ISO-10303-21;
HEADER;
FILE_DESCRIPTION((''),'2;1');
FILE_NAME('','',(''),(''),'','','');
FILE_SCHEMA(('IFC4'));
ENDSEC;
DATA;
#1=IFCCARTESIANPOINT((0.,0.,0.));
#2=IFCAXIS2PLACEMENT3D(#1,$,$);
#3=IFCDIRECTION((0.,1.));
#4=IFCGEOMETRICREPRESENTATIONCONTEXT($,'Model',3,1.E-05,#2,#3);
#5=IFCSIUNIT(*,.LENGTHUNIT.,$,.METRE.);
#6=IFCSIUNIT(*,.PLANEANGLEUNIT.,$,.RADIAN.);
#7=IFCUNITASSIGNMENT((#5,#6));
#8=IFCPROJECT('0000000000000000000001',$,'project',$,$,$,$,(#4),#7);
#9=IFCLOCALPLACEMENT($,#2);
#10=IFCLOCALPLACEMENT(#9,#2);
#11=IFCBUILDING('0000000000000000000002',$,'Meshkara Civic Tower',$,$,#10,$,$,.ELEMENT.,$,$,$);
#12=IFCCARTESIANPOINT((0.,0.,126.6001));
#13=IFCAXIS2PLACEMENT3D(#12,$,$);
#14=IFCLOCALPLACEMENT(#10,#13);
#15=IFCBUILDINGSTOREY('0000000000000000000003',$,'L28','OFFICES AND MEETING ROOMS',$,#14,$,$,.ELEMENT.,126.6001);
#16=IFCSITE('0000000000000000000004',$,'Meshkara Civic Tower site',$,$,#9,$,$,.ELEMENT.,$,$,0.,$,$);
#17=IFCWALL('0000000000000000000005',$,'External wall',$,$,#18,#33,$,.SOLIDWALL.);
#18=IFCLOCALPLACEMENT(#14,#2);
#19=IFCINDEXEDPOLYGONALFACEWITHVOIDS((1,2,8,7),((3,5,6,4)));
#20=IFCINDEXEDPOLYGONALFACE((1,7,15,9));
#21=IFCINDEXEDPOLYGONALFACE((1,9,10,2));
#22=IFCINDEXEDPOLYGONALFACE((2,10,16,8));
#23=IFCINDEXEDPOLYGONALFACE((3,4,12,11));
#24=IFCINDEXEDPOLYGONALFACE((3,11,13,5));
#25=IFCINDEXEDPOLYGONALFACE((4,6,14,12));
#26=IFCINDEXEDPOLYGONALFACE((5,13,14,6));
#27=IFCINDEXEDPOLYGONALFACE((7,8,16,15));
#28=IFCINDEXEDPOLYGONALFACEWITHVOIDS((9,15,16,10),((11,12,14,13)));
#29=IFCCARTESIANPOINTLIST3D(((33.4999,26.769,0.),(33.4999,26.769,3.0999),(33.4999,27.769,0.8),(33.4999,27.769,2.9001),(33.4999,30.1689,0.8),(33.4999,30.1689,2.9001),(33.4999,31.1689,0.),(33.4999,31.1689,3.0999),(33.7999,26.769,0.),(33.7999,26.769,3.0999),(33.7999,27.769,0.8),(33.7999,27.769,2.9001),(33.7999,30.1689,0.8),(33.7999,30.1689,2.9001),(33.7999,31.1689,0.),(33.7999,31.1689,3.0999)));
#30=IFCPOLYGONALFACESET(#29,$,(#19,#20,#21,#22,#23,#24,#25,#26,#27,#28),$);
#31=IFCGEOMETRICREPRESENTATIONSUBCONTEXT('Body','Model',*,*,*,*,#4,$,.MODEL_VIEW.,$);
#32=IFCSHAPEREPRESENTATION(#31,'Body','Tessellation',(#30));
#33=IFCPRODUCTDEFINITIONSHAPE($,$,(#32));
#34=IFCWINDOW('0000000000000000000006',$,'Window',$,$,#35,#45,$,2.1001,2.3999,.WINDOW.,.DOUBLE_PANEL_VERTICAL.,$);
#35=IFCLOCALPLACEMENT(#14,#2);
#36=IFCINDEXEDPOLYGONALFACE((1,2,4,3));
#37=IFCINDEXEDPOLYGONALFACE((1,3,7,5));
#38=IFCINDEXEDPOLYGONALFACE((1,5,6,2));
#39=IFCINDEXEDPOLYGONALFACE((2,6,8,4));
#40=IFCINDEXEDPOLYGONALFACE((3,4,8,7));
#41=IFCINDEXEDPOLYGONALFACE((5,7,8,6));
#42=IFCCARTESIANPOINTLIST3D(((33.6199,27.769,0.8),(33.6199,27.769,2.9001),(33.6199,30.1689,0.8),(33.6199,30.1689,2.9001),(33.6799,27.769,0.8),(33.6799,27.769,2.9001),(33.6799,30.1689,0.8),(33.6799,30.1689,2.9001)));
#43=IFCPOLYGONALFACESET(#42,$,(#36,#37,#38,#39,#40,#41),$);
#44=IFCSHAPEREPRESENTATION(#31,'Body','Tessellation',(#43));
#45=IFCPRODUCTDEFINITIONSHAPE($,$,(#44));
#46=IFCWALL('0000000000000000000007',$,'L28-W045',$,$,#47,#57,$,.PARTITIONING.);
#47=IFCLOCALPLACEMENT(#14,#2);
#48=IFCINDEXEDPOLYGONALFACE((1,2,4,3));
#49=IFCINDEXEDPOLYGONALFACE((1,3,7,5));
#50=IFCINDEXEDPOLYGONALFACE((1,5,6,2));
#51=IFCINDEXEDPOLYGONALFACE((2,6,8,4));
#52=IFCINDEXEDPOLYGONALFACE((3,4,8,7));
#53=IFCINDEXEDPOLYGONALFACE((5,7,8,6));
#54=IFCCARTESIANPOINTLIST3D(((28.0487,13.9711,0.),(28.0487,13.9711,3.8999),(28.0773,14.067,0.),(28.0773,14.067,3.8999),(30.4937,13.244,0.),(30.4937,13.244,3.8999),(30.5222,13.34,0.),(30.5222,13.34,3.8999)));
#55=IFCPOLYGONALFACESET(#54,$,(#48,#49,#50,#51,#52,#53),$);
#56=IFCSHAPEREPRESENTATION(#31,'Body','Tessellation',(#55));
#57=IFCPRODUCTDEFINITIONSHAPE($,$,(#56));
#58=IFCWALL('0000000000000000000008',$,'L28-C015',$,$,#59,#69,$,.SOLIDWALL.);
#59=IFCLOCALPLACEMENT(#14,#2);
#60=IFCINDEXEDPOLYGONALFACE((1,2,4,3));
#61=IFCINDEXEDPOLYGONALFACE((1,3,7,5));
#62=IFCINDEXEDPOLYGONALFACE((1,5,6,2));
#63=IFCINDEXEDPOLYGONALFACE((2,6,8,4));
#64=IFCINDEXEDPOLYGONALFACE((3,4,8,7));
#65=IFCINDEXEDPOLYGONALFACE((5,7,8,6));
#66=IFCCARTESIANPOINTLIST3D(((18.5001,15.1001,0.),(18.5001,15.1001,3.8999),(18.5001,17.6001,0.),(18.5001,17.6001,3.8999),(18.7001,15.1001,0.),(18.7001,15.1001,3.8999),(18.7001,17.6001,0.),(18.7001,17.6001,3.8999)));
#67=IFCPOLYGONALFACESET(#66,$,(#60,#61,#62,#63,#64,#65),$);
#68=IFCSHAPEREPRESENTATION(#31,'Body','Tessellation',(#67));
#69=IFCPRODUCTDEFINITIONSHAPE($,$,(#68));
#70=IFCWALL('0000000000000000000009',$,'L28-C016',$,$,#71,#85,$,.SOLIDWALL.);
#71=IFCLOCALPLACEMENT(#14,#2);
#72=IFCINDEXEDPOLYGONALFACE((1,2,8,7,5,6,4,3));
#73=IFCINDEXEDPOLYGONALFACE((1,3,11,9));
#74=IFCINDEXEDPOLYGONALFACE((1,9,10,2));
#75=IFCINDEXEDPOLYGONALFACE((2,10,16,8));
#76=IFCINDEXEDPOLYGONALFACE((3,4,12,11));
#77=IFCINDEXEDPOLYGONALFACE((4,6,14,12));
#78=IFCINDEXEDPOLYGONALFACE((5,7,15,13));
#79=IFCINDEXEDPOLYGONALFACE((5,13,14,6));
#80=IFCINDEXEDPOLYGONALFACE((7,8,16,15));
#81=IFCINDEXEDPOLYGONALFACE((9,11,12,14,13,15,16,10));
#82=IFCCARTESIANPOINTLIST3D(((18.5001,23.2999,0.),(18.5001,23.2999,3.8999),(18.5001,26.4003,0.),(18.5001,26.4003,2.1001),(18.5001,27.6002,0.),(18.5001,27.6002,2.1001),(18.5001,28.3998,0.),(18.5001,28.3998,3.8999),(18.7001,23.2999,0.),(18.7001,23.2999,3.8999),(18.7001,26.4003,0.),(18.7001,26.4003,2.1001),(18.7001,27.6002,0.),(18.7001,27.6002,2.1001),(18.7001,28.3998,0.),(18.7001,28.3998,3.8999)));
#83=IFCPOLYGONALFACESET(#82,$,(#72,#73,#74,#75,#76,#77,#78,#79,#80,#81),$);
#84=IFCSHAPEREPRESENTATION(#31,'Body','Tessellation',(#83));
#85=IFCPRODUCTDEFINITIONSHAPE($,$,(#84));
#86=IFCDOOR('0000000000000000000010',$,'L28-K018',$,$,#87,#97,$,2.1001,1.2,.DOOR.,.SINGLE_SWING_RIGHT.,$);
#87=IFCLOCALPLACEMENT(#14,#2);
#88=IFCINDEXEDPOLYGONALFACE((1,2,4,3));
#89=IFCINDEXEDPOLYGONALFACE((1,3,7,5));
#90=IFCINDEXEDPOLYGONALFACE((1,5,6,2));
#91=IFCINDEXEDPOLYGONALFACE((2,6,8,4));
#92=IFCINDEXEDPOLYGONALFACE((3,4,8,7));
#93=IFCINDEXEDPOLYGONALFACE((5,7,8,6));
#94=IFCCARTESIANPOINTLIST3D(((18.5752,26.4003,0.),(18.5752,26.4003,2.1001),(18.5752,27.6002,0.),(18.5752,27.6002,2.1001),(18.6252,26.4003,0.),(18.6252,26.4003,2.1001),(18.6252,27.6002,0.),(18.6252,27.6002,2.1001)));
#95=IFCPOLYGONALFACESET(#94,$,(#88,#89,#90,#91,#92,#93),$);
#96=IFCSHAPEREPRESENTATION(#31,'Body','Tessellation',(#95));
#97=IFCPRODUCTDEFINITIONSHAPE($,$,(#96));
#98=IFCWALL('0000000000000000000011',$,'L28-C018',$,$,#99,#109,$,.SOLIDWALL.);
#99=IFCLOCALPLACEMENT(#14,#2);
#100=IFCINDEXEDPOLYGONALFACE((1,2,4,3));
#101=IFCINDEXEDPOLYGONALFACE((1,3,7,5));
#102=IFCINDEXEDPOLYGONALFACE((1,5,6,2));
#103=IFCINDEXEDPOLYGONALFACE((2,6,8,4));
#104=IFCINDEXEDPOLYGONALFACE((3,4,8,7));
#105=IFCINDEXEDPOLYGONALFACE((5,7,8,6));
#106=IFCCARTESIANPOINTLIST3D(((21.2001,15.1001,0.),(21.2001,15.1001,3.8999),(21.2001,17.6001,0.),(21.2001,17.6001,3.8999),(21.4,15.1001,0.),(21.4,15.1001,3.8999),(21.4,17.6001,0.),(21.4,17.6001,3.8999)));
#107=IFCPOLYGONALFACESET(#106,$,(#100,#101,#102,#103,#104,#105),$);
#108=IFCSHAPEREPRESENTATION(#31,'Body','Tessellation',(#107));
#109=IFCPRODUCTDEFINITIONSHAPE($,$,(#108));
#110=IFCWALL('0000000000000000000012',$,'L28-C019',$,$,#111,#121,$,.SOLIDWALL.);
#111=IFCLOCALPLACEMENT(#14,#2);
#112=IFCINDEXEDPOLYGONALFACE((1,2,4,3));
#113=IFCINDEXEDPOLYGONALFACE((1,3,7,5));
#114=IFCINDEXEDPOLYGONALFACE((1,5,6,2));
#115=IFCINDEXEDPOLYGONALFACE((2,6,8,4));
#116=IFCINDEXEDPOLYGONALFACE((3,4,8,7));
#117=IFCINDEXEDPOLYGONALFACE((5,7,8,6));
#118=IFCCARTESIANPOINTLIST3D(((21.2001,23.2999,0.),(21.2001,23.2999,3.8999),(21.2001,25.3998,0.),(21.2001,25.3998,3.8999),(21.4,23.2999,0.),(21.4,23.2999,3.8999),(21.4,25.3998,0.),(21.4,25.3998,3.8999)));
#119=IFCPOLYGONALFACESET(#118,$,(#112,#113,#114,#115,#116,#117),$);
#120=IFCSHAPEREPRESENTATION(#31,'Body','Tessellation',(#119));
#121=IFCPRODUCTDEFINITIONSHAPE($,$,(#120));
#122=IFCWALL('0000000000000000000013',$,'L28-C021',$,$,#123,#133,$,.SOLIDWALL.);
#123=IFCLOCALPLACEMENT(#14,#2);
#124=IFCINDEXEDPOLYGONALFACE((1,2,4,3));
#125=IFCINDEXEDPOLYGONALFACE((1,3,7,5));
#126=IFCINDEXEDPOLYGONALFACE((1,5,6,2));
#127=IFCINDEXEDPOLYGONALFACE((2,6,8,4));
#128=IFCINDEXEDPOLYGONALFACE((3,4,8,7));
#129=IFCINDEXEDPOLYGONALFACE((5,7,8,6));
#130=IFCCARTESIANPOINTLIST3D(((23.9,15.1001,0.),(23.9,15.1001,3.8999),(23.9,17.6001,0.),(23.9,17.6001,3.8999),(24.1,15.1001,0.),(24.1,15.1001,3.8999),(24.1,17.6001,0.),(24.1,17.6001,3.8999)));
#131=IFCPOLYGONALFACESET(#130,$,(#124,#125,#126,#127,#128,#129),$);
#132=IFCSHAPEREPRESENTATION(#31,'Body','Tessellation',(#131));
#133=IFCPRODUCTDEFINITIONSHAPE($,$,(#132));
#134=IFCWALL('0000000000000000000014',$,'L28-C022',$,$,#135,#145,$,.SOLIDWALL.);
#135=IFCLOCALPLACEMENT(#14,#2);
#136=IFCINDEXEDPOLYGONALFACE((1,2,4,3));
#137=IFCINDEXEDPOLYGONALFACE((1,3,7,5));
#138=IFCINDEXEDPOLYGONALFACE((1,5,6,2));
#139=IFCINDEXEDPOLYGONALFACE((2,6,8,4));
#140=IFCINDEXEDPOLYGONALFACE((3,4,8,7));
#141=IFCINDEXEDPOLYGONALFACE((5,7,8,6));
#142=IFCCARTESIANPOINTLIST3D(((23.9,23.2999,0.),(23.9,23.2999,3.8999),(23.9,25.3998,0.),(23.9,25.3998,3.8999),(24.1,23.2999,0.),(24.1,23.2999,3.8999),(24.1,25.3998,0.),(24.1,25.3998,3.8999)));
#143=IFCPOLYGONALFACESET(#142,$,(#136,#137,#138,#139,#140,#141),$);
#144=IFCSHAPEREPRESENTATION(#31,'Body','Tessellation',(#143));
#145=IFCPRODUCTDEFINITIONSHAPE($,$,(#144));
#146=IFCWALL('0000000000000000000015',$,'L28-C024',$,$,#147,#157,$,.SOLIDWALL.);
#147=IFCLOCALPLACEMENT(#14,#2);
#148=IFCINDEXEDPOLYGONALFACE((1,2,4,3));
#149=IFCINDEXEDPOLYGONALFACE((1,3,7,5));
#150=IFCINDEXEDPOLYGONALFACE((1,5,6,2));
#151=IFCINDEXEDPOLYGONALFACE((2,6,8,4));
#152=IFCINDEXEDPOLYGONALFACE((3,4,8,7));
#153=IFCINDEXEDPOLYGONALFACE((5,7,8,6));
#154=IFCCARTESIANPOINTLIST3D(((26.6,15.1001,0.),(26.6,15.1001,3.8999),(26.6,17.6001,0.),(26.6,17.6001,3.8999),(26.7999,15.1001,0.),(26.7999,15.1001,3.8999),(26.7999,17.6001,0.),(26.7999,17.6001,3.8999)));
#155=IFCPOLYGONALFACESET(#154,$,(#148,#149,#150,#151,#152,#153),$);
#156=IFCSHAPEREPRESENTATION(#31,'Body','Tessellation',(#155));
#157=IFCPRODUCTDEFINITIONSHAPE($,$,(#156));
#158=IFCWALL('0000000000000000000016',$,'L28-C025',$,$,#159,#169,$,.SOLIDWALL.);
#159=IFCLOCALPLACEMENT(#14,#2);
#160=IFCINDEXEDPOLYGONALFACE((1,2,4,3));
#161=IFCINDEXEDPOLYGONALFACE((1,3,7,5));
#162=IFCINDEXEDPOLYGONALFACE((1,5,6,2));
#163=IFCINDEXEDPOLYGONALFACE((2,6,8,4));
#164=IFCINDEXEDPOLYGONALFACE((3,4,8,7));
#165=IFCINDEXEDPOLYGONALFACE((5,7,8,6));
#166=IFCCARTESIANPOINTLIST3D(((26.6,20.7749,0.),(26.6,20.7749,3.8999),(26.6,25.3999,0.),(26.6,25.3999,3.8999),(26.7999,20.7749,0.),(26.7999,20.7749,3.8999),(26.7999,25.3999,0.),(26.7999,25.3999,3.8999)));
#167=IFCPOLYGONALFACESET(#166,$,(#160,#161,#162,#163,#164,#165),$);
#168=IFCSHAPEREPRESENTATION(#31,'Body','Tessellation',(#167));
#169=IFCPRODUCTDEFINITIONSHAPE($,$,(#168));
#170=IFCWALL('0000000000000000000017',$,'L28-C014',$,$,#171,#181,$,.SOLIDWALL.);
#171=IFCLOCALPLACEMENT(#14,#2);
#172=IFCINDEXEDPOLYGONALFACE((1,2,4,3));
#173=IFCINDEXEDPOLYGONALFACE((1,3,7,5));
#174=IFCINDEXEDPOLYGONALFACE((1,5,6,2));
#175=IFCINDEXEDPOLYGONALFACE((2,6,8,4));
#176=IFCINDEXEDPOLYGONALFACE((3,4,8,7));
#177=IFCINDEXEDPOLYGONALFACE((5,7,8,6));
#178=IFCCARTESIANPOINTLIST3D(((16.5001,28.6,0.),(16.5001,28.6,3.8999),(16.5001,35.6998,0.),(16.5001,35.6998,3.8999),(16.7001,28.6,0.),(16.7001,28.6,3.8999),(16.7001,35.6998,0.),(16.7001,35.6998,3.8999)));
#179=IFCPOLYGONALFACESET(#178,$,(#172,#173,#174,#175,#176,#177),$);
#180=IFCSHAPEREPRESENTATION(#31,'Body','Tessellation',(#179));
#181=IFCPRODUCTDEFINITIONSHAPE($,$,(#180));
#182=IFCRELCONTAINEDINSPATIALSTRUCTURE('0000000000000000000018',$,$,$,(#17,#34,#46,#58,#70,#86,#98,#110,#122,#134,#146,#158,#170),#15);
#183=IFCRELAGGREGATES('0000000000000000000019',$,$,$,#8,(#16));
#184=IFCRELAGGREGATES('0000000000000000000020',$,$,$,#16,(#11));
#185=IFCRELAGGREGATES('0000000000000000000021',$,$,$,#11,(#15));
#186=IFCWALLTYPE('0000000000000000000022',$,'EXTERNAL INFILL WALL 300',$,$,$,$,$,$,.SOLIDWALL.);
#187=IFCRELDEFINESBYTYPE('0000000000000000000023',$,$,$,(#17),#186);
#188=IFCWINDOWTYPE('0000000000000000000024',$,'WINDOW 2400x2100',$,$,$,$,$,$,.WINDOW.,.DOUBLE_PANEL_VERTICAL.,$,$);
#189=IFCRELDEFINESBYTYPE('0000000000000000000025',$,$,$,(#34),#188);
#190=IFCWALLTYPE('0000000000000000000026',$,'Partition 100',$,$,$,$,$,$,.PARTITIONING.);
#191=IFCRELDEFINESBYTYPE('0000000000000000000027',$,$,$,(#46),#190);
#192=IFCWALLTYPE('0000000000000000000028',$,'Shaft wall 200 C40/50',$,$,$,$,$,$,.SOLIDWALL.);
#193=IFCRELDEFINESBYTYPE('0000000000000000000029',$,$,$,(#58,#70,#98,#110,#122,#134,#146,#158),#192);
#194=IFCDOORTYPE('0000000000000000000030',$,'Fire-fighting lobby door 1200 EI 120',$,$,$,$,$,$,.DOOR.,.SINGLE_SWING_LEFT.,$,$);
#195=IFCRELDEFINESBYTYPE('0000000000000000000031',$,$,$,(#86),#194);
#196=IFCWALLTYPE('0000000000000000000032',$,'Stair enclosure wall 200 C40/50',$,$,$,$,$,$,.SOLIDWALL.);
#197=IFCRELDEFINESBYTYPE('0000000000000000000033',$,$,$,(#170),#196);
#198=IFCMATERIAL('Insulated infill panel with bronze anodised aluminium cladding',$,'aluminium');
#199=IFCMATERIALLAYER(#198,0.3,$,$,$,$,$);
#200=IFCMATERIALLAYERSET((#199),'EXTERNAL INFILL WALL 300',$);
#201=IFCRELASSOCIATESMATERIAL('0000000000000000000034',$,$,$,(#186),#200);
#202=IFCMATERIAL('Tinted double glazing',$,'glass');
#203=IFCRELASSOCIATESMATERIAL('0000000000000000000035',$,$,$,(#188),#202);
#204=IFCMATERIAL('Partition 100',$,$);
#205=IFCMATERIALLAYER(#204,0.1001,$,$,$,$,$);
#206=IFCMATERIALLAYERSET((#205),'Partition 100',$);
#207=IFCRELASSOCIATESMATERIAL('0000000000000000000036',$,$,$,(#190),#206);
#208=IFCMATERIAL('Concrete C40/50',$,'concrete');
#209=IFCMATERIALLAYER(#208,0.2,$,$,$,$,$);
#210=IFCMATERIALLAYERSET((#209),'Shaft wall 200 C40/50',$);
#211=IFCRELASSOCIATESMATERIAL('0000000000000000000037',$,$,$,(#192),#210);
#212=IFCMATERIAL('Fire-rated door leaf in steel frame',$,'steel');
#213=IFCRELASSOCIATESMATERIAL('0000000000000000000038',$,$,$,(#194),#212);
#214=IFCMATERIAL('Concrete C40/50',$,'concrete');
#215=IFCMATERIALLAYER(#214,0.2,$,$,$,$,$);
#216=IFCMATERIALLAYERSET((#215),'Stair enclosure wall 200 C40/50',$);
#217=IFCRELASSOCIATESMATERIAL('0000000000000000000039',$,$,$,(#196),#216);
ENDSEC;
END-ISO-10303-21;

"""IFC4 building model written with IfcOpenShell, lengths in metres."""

from ifc_helpers import new_model, si_unit, direction, frame, frame_2d, origin, place, context, subcontext, project, spatial, rectangle, extrude, material, layer, layer_set, type_object, element, fill, save


model = new_model("IFC4")

# Units and contexts
model_context = context("Model", 3, precision=1e-05, world=origin(), true_north=direction((0.0, 1.0)))
body_context = subcontext(model_context, "Body", "Model", "MODEL_VIEW")
ifc_project = project(units=[si_unit("LENGTHUNIT", "METRE"), si_unit("PLANEANGLEUNIT", "RADIAN")], contexts=[model_context])

# Site, building, storey
site_placement = place(None, origin())
site = spatial("IfcSite", under=ifc_project, at=site_placement, Name="Meshkara Civic Tower site", CompositionType="ELEMENT", RefElevation=0.0)
building_placement = place(site_placement, origin())
building = spatial("IfcBuilding", under=site, at=building_placement, Name="Meshkara Civic Tower", CompositionType="ELEMENT")
storey_placement = place(building_placement, frame((0.0, 0.0, 126.6001)))
storey = spatial("IfcBuildingStorey", under=building, at=storey_placement, Name="L28", Description="OFFICES AND MEETING ROOMS", CompositionType="ELEMENT", Elevation=126.6001)

# Wall, opening, window
ifc_material_1 = material(Name="Insulated infill panel with bronze anodised aluminium cladding", Category="aluminium")
ifc_layer_1 = layer(ifc_material_1, 0.3)
ifc_layer_set_1 = layer_set([ifc_layer_1], Name="EXTERNAL INFILL WALL 300")
wall_type_1 = type_object("IfcWallType", Name="EXTERNAL INFILL WALL 300", PredefinedType="SOLIDWALL", material=ifc_layer_set_1)
ifc_material_2 = material(Name="Tinted double glazing", Category="glass")
window_type = type_object("IfcWindowType", Name="WINDOW 2400x2100", PartitioningType="DOUBLE_PANEL_VERTICAL", PredefinedType="WINDOW", material=ifc_material_2)
wall_1_placement = place(storey_placement, frame((33.6499, 26.769, 0.0), z_axis=(0.0, 0.0, 1.0), x_axis=(0.0, 1.0, 0.0)))
wall_1 = element("IfcWall", 1, at=wall_1_placement, inside=storey, type_object=wall_type_1, Name="External wall", PredefinedType="SOLIDWALL", context=body_context, shape_type="SweptSolid", body=[
    extrude(rectangle(XDim=4.3999, YDim=0.3, at=frame_2d((2.2, 0.0))), origin(), (0.0, 0.0, 1.0), 3.0999),
])
opening_1_placement = place(wall_1_placement, frame((1.0, 0.0, 0.8)))
opening_1 = element("IfcOpeningElement", 2, at=opening_1_placement, cuts=wall_1, PredefinedType="OPENING", context=body_context, shape_type="SweptSolid", body=[
    extrude(rectangle(XDim=2.3999, YDim=2.1001, at=frame_2d((1.2, 1.05))), frame((0.0, 0.1599, 0.0), z_axis=(0.0, -1.0, 0.0), x_axis=(1.0, 0.0, 0.0)), (0.0, 0.0, 1.0), 0.3201),
])
window_1_placement = place(opening_1_placement, origin())
window_1 = element("IfcWindow", 3, at=window_1_placement, inside=storey, type_object=window_type, Name="Window", OverallHeight=2.1001, OverallWidth=2.3999, PartitioningType="DOUBLE_PANEL_VERTICAL", PredefinedType="WINDOW", context=body_context, shape_type="SweptSolid", body=[
    extrude(rectangle(XDim=2.3999, YDim=2.1001, at=frame_2d((1.2, 1.05))), frame((0.0, 0.03, 0.0), z_axis=(0.0, -1.0, 0.0), x_axis=(1.0, 0.0, 0.0)), (0.0, 0.0, 1.0), 0.0601),
])
fill(opening_1, window_1)

# Walls
ifc_material_3 = material(Name="Partition 100")
ifc_layer_2 = layer(ifc_material_3, 0.1001)
ifc_layer_set_2 = layer_set([ifc_layer_2], Name="Partition 100")
wall_type_2 = type_object("IfcWallType", Name="Partition 100", PredefinedType="PARTITIONING", material=ifc_layer_set_2)
wall_2_placement = place(storey_placement, frame((28.063, 14.019, 0.0), z_axis=(0.0, 0.0, 1.0), x_axis=(0.958522, -0.28502, 0.0)))
element("IfcWall", 4, at=wall_2_placement, inside=storey, type_object=wall_type_2, Name="L28-W045", PredefinedType="PARTITIONING", context=body_context, shape_type="SweptSolid", body=[
    extrude(rectangle(XDim=2.5508, YDim=0.1001, at=frame_2d((1.2754, 0.0))), origin(), (0.0, 0.0, 1.0), 3.8999),
])
ifc_material_4 = material(Name="Concrete C40/50", Category="concrete")
ifc_layer_3 = layer(ifc_material_4, 0.2)
ifc_layer_set_3 = layer_set([ifc_layer_3], Name="Shaft wall 200 C40/50")
wall_type_3 = type_object("IfcWallType", Name="Shaft wall 200 C40/50", PredefinedType="SOLIDWALL", material=ifc_layer_set_3)
wall_3_placement = place(storey_placement, frame((18.6001, 15.1001, 0.0), z_axis=(0.0, 0.0, 1.0), x_axis=(0.0, 1.0, 0.0)))
element("IfcWall", 5, at=wall_3_placement, inside=storey, type_object=wall_type_3, Name="L28-C015", PredefinedType="SOLIDWALL", context=body_context, shape_type="SweptSolid", body=[
    extrude(rectangle(XDim=2.5, YDim=0.2, at=frame_2d((1.25, 0.0))), origin(), (0.0, 0.0, 1.0), 3.8999),
])

# Wall, opening, door
wall_4_placement = place(storey_placement, frame((18.6001, 23.3, 0.0), z_axis=(0.0, 0.0, 1.0), x_axis=(0.0, 1.0, 0.0)))
wall_4 = element("IfcWall", 6, at=wall_4_placement, inside=storey, type_object=wall_type_3, Name="L28-C016", PredefinedType="SOLIDWALL", context=body_context, shape_type="SweptSolid", body=[
    extrude(rectangle(XDim=5.0999, YDim=0.2, at=frame_2d((2.5498, 0.0))), origin(), (0.0, 0.0, 1.0), 3.8999),
])
opening_2_placement = place(wall_4_placement, frame((3.1001, 0.0, 0.0)))
opening_2 = element("IfcOpeningElement", 7, at=opening_2_placement, cuts=wall_4, PredefinedType="OPENING", context=body_context, shape_type="SweptSolid", body=[
    extrude(rectangle(XDim=1.2, YDim=2.1001, at=frame_2d((0.6001, 1.05))), frame((0.0, 0.1099, 0.0), z_axis=(0.0, -1.0, 0.0), x_axis=(1.0, 0.0, 0.0)), (0.0, 0.0, 1.0), 0.22),
])
ifc_material_5 = material(Name="Fire-rated door leaf in steel frame", Category="steel")
door_type = type_object("IfcDoorType", Name="Fire-fighting lobby door 1200 EI 120", OperationType="SINGLE_SWING_LEFT", PredefinedType="DOOR", material=ifc_material_5)
door_placement = place(opening_2_placement, origin())
door = element("IfcDoor", 8, at=door_placement, inside=storey, type_object=door_type, Name="L28-K018", OperationType="SINGLE_SWING_RIGHT", OverallHeight=2.1001, OverallWidth=1.2, PredefinedType="DOOR", context=body_context, shape_type="SweptSolid", body=[
    extrude(rectangle(XDim=1.2, YDim=2.1001, at=frame_2d((0.6001, 1.05))), frame((0.0, 0.0249, 0.0), z_axis=(0.0, -1.0, 0.0), x_axis=(1.0, 0.0, 0.0)), (0.0, 0.0, 1.0), 0.05),
])
fill(opening_2, door)

# Walls
wall_5_placement = place(storey_placement, frame((21.3, 15.1001, 0.0), z_axis=(0.0, 0.0, 1.0), x_axis=(0.0, 1.0, 0.0)))
element("IfcWall", 9, at=wall_5_placement, inside=storey, type_object=wall_type_3, Name="L28-C018", PredefinedType="SOLIDWALL", context=body_context, shape_type="SweptSolid", body=[
    extrude(rectangle(XDim=2.5, YDim=0.2, at=frame_2d((1.25, 0.0))), origin(), (0.0, 0.0, 1.0), 3.8999),
])
wall_6_placement = place(storey_placement, frame((21.3, 23.3, 0.0), z_axis=(0.0, 0.0, 1.0), x_axis=(0.0, 1.0, 0.0)))
element("IfcWall", 10, at=wall_6_placement, inside=storey, type_object=wall_type_3, Name="L28-C019", PredefinedType="SOLIDWALL", context=body_context, shape_type="SweptSolid", body=[
    extrude(rectangle(XDim=2.0999, YDim=0.2, at=frame_2d((1.0498, 0.0))), origin(), (0.0, 0.0, 1.0), 3.8999),
])
wall_7_placement = place(storey_placement, frame((24.0, 15.1001, 0.0), z_axis=(0.0, 0.0, 1.0), x_axis=(0.0, 1.0, 0.0)))
element("IfcWall", 11, at=wall_7_placement, inside=storey, type_object=wall_type_3, Name="L28-C021", PredefinedType="SOLIDWALL", context=body_context, shape_type="SweptSolid", body=[
    extrude(rectangle(XDim=2.5, YDim=0.2, at=frame_2d((1.25, 0.0))), origin(), (0.0, 0.0, 1.0), 3.8999),
])
wall_8_placement = place(storey_placement, frame((24.0, 23.3, 0.0), z_axis=(0.0, 0.0, 1.0), x_axis=(0.0, 1.0, 0.0)))
element("IfcWall", 12, at=wall_8_placement, inside=storey, type_object=wall_type_3, Name="L28-C022", PredefinedType="SOLIDWALL", context=body_context, shape_type="SweptSolid", body=[
    extrude(rectangle(XDim=2.0999, YDim=0.2, at=frame_2d((1.0498, 0.0))), origin(), (0.0, 0.0, 1.0), 3.8999),
])
wall_9_placement = place(storey_placement, frame((26.7, 15.1001, 0.0), z_axis=(0.0, 0.0, 1.0), x_axis=(0.0, 1.0, 0.0)))
element("IfcWall", 13, at=wall_9_placement, inside=storey, type_object=wall_type_3, Name="L28-C024", PredefinedType="SOLIDWALL", context=body_context, shape_type="SweptSolid", body=[
    extrude(rectangle(XDim=2.5, YDim=0.2, at=frame_2d((1.25, 0.0))), origin(), (0.0, 0.0, 1.0), 3.8999),
])
wall_10_placement = place(storey_placement, frame((26.7, 20.7749, 0.0), z_axis=(0.0, 0.0, 1.0), x_axis=(0.0, 1.0, 0.0)))
element("IfcWall", 14, at=wall_10_placement, inside=storey, type_object=wall_type_3, Name="L28-C025", PredefinedType="SOLIDWALL", context=body_context, shape_type="SweptSolid", body=[
    extrude(rectangle(XDim=4.625, YDim=0.2, at=frame_2d((2.3125, 0.0))), origin(), (0.0, 0.0, 1.0), 3.8999),
])
ifc_material_6 = material(Name="Concrete C40/50", Category="concrete")
ifc_layer_4 = layer(ifc_material_6, 0.2)
ifc_layer_set_4 = layer_set([ifc_layer_4], Name="Stair enclosure wall 200 C40/50")
wall_type_4 = type_object("IfcWallType", Name="Stair enclosure wall 200 C40/50", PredefinedType="SOLIDWALL", material=ifc_layer_set_4)
wall_11_placement = place(storey_placement, frame((16.6001, 28.6001, 0.0), z_axis=(0.0, 0.0, 1.0), x_axis=(0.0, 1.0, 0.0)))
element("IfcWall", 15, at=wall_11_placement, inside=storey, type_object=wall_type_4, Name="L28-C014", PredefinedType="SOLIDWALL", context=body_context, shape_type="SweptSolid", body=[
    extrude(rectangle(XDim=7.0999, YDim=0.2, at=frame_2d((3.5498, 0.0))), origin(), (0.0, 0.0, 1.0), 3.8999),
])

save(model, "model.ifc")
